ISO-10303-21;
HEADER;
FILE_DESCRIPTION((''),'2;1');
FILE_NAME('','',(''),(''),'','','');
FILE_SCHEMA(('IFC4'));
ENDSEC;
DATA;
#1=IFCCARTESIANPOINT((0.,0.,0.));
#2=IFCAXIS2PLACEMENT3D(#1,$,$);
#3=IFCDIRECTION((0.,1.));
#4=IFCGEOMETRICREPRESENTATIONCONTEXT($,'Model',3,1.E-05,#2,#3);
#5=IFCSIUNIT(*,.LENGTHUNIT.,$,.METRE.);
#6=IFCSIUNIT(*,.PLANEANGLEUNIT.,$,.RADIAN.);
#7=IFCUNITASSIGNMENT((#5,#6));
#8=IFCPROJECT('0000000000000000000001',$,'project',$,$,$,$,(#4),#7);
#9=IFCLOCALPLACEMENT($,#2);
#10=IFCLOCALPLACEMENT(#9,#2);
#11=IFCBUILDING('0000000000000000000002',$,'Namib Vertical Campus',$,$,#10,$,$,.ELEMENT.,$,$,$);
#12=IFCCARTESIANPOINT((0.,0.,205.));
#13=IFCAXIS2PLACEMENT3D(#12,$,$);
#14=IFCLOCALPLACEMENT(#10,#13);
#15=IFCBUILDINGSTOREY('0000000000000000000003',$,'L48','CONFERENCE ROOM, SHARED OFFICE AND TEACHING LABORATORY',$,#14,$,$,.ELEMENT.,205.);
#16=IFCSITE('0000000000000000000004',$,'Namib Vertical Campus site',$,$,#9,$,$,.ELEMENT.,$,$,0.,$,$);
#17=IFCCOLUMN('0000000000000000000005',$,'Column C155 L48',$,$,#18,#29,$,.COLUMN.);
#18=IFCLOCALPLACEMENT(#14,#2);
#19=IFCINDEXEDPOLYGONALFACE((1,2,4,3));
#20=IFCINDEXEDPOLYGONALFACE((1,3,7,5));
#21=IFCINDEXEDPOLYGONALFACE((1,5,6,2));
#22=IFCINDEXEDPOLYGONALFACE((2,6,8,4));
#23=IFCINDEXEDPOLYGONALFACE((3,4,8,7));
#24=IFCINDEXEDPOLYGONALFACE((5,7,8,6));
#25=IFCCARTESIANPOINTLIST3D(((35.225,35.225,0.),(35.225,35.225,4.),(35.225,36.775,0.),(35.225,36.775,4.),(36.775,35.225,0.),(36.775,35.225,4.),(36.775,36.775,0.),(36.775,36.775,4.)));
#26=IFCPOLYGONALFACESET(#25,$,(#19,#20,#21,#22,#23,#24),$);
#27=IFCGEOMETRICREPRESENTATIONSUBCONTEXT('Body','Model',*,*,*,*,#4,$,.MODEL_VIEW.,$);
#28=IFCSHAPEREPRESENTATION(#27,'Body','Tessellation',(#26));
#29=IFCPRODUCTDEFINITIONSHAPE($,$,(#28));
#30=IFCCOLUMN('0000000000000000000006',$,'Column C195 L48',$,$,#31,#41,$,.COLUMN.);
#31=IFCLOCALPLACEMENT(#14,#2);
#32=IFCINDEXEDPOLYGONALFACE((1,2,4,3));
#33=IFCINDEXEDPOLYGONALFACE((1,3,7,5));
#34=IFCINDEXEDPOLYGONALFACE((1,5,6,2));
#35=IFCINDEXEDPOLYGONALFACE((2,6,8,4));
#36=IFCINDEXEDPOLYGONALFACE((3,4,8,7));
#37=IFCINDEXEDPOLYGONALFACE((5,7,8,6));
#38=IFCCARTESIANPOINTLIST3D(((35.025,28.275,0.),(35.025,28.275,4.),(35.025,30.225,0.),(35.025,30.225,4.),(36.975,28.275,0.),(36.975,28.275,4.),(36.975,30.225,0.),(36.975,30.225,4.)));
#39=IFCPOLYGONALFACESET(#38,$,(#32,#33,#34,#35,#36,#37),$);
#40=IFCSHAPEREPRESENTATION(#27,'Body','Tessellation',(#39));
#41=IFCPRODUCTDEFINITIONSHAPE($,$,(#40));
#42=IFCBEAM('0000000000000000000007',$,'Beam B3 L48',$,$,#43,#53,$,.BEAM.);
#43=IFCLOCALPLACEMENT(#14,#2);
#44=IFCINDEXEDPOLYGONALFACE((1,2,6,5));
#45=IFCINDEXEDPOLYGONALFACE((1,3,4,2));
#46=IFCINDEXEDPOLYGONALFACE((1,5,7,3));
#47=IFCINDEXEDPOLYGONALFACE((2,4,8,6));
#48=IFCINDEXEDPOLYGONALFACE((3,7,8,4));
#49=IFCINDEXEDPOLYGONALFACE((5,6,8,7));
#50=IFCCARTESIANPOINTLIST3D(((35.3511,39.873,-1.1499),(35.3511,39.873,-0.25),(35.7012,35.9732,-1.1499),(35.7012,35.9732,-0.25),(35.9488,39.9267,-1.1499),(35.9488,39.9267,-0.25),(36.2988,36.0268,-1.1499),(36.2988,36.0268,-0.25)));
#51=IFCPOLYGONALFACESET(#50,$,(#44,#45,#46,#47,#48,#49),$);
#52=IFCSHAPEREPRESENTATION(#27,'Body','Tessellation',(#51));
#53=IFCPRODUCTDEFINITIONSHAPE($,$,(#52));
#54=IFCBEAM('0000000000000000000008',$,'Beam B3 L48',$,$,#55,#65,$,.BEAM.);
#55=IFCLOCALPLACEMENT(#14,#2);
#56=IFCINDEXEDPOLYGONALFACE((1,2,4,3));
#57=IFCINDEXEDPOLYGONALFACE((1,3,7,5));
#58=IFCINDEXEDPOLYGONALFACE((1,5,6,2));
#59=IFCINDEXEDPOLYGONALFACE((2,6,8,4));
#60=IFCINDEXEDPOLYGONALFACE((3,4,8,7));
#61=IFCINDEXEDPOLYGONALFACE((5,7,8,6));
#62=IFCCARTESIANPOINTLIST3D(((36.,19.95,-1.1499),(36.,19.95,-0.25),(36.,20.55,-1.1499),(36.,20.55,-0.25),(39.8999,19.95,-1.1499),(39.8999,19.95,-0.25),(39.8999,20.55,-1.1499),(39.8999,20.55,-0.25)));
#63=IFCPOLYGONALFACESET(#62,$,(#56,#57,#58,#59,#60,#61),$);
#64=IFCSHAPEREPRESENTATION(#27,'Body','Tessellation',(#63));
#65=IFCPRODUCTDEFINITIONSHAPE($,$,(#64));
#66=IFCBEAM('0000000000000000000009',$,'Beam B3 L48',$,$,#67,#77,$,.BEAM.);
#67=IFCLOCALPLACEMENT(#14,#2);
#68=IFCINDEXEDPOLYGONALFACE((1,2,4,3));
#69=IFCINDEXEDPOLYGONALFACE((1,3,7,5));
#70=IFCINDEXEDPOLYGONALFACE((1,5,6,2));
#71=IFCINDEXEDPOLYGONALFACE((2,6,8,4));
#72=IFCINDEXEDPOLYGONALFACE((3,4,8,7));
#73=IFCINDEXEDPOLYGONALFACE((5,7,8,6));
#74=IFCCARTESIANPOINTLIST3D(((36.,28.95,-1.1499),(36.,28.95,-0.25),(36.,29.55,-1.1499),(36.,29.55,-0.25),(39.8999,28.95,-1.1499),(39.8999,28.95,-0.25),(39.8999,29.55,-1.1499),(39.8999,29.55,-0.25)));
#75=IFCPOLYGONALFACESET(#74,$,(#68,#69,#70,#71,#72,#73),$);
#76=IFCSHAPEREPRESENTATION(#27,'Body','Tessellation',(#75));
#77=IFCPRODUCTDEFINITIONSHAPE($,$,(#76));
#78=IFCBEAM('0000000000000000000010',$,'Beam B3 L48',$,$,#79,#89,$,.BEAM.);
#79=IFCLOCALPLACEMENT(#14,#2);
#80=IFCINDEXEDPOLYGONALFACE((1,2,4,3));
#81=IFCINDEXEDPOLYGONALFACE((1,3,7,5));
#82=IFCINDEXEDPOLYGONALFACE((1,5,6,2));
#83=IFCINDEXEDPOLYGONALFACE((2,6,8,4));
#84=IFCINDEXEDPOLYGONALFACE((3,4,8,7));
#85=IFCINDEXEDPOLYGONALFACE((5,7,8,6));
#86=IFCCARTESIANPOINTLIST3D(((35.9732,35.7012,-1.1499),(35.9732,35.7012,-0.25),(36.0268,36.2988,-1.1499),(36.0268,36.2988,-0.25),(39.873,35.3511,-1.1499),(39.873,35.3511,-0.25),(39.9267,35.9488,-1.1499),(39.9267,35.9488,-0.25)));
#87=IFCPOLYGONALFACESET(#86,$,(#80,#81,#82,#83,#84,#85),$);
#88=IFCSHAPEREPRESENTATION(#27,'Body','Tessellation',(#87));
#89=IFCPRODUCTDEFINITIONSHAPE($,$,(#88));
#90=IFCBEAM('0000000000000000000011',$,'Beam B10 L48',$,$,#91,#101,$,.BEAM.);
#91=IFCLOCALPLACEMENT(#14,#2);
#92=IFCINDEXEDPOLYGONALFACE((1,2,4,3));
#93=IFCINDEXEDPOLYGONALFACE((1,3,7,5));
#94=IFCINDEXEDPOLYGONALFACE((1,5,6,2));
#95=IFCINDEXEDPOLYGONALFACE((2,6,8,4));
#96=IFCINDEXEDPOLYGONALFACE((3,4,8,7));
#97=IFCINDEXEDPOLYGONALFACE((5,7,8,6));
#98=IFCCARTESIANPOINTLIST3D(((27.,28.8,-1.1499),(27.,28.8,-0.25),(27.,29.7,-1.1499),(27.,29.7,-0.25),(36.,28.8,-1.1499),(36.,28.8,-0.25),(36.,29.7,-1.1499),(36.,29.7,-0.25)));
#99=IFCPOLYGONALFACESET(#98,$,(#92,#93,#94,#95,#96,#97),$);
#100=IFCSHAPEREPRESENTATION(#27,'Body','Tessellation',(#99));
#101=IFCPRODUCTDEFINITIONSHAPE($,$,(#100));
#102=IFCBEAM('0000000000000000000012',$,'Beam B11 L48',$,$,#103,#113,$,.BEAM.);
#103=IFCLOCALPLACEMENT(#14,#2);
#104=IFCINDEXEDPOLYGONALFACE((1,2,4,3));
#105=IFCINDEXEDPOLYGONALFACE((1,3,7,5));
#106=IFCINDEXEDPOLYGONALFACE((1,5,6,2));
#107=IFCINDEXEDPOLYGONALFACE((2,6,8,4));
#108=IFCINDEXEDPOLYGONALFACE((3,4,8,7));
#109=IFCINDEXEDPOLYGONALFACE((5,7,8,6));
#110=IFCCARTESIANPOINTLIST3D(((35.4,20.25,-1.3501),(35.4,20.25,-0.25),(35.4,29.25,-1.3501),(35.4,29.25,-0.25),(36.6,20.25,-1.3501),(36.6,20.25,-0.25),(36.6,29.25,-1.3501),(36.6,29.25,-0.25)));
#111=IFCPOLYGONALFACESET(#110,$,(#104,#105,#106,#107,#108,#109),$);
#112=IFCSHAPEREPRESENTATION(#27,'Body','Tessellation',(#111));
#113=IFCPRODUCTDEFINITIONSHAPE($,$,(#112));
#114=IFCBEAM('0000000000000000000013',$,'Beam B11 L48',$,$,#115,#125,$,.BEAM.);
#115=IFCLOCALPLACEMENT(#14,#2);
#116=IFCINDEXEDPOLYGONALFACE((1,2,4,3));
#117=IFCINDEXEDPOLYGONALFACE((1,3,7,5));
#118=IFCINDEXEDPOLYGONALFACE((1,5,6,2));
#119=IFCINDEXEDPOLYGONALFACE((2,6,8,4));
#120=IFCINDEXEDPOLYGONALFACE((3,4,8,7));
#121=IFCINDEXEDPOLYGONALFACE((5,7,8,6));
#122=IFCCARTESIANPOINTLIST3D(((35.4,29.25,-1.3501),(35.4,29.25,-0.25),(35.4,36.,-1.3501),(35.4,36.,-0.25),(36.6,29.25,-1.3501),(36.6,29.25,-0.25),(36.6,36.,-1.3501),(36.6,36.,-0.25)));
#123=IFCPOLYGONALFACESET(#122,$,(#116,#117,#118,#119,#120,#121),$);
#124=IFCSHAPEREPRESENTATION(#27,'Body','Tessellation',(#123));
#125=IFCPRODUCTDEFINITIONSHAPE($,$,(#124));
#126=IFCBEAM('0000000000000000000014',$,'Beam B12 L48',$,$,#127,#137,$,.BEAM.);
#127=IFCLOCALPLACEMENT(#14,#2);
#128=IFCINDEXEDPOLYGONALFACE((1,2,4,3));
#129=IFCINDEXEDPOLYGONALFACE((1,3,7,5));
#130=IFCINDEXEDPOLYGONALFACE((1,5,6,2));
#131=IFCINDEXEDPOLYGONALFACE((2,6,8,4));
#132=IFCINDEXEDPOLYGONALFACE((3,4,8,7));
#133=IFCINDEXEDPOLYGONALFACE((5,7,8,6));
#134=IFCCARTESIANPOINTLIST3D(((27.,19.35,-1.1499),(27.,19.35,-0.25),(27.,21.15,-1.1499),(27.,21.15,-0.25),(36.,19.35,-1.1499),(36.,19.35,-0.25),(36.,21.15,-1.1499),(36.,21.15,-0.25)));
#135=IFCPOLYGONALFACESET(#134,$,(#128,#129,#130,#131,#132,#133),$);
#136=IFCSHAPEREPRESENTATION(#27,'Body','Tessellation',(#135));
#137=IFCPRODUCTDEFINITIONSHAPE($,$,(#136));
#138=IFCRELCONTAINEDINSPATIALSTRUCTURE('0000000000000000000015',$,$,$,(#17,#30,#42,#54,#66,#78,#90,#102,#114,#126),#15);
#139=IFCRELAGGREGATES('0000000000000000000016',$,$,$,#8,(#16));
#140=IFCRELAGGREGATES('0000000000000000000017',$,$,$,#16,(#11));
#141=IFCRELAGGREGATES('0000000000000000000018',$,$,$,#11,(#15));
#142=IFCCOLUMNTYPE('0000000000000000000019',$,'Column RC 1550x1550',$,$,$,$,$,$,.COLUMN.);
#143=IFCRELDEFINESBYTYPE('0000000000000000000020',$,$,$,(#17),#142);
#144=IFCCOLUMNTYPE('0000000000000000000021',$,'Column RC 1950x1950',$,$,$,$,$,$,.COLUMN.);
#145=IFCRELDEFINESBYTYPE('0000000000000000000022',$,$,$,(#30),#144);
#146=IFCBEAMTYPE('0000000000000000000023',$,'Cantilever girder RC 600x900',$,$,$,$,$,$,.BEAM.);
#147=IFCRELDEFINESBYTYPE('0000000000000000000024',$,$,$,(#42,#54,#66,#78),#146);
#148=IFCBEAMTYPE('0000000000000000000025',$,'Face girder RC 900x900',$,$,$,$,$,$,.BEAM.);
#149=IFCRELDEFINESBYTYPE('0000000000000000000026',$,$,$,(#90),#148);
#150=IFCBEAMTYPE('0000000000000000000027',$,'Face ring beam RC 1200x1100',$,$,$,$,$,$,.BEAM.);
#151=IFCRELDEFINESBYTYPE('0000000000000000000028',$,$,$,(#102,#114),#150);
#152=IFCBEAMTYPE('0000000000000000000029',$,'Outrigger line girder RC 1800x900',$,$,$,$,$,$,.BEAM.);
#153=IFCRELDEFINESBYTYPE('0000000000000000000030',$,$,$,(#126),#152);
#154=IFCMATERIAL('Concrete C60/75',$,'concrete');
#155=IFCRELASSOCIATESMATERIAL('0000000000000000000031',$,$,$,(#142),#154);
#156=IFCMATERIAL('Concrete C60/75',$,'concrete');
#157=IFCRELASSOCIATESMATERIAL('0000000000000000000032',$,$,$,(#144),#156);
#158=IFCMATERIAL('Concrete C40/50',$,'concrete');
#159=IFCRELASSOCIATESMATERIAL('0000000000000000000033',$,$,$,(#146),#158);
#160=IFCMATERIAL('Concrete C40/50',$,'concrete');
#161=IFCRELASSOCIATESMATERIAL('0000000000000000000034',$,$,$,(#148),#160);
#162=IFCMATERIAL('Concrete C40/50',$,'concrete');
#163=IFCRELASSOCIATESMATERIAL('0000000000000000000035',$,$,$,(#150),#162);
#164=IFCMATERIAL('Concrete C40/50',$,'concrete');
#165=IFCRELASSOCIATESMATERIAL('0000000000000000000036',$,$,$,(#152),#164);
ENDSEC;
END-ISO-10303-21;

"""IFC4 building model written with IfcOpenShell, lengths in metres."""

from ifc_helpers import new_model, si_unit, direction, frame, origin, origin_2d, place, context, subcontext, project, spatial, rectangle, extrude, material, material_profile, profile_set, type_object, element, save


model = new_model("IFC4")

# Units and contexts
model_context = context("Model", 3, precision=1e-05, world=origin(), true_north=direction((0.0, 1.0)))
body_context = subcontext(model_context, "Body", "Model", "MODEL_VIEW")
ifc_project = project(units=[si_unit("LENGTHUNIT", "METRE"), si_unit("PLANEANGLEUNIT", "RADIAN")], contexts=[model_context])

# Site, building, storey
site_placement = place(None, origin())
site = spatial("IfcSite", under=ifc_project, at=site_placement, Name="Namib Vertical Campus site", CompositionType="ELEMENT", RefElevation=0.0)
building_placement = place(site_placement, origin())
building = spatial("IfcBuilding", under=site, at=building_placement, Name="Namib Vertical Campus", CompositionType="ELEMENT")
storey_placement = place(building_placement, frame((0.0, 0.0, 205.0)))
storey = spatial("IfcBuildingStorey", under=building, at=storey_placement, Name="L48", Description="CONFERENCE ROOM, SHARED OFFICE AND TEACHING LABORATORY", CompositionType="ELEMENT", Elevation=205.0)

# Columns
ifc_material_1 = material(Name="Concrete C60/75", Category="concrete")
ifc_material_profile_1 = material_profile(ifc_material_1, rectangle(XDim=1.55, YDim=1.55, at=origin_2d()))
ifc_profile_set_1 = profile_set([ifc_material_profile_1], Name="Concrete C60/75")
column_type_1 = type_object("IfcColumnType", Name="Column RC 1550x1550", PredefinedType="COLUMN", material=ifc_profile_set_1)
column_1_placement = place(storey_placement, frame((36.0, 36.0, 0.0), z_axis=(0.0, 0.0, 1.0), x_axis=(1.0, 0.0, 0.0)))
element("IfcColumn", 1, at=column_1_placement, inside=storey, type_object=column_type_1, Name="Column C155 L48", PredefinedType="COLUMN", context=body_context, shape_type="SweptSolid", body=[
    extrude(rectangle(XDim=1.55, YDim=1.55, at=origin_2d()), origin(), (0.0, 0.0, 1.0), 4.0),
])
ifc_material_2 = material(Name="Concrete C60/75", Category="concrete")
ifc_material_profile_2 = material_profile(ifc_material_2, rectangle(XDim=1.95, YDim=1.95, at=origin_2d()))
ifc_profile_set_2 = profile_set([ifc_material_profile_2], Name="Concrete C60/75")
column_type_2 = type_object("IfcColumnType", Name="Column RC 1950x1950", PredefinedType="COLUMN", material=ifc_profile_set_2)
column_2_placement = place(storey_placement, frame((36.0, 29.25, 0.0), z_axis=(0.0, 0.0, 1.0), x_axis=(1.0, 0.0, 0.0)))
element("IfcColumn", 2, at=column_2_placement, inside=storey, type_object=column_type_2, Name="Column C195 L48", PredefinedType="COLUMN", context=body_context, shape_type="SweptSolid", body=[
    extrude(rectangle(XDim=1.95, YDim=1.95, at=origin_2d()), origin(), (0.0, 0.0, 1.0), 4.0),
])

# Beams
ifc_material_3 = material(Name="Concrete C40/50", Category="concrete")
ifc_material_profile_3 = material_profile(ifc_material_3, rectangle(XDim=0.6001, YDim=0.8999, at=origin_2d()))
ifc_profile_set_3 = profile_set([ifc_material_profile_3], Name="Concrete C40/50")
beam_type_1 = type_object("IfcBeamType", Name="Cantilever girder RC 600x900", PredefinedType="BEAM", material=ifc_profile_set_3)
beam_1_placement = place(storey_placement, frame((36.0, 36.0, -0.7), z_axis=(-0.089411, 0.995995, 0.0), x_axis=(-0.995995, -0.089411, 0.0)))
element("IfcBeam", 3, at=beam_1_placement, inside=storey, type_object=beam_type_1, Name="Beam B3 L48", PredefinedType="BEAM", context=body_context, shape_type="SweptSolid", body=[
    extrude(rectangle(XDim=0.6001, YDim=0.8999, at=origin_2d()), origin(), (0.0, 0.0, 1.0), 3.9155),
])
for number, where, z_axis, x_axis, name in (
    (4, (36.0, 20.25, -0.7), (1.0, 0.0, 0.0), (0.0, 1.0, 0.0), "Beam B3 L48"),
    (5, (36.0, 29.25, -0.7), (1.0, 0.0, 0.0), (0.0, 1.0, 0.0), "Beam B3 L48"),
):
    element("IfcBeam", number, at=place(storey_placement, frame(where, z_axis=z_axis, x_axis=x_axis)), inside=storey, type_object=beam_type_1, Name=name, PredefinedType="BEAM", context=body_context, shape_type="SweptSolid", body=[
        extrude(rectangle(XDim=0.6001, YDim=0.8999, at=origin_2d()), origin(), (0.0, 0.0, 1.0), 3.8999),
    ])
beam_2_placement = place(storey_placement, frame((36.0, 36.0, -0.7), z_axis=(0.995995, -0.089411, 0.0), x_axis=(0.089411, 0.995995, 0.0)))
element("IfcBeam", 6, at=beam_2_placement, inside=storey, type_object=beam_type_1, Name="Beam B3 L48", PredefinedType="BEAM", context=body_context, shape_type="SweptSolid", body=[
    extrude(rectangle(XDim=0.6001, YDim=0.8999, at=origin_2d()), origin(), (0.0, 0.0, 1.0), 3.9155),
])
ifc_material_4 = material(Name="Concrete C40/50", Category="concrete")
ifc_material_profile_4 = material_profile(ifc_material_4, rectangle(XDim=0.8999, YDim=0.8999, at=origin_2d()))
ifc_profile_set_4 = profile_set([ifc_material_profile_4], Name="Concrete C40/50")
beam_type_2 = type_object("IfcBeamType", Name="Face girder RC 900x900", PredefinedType="BEAM", material=ifc_profile_set_4)
beam_3_placement = place(storey_placement, frame((36.0, 29.25, -0.7), z_axis=(-1.0, 0.0, 0.0), x_axis=(0.0, -1.0, 0.0)))
element("IfcBeam", 7, at=beam_3_placement, inside=storey, type_object=beam_type_2, Name="Beam B10 L48", PredefinedType="BEAM", context=body_context, shape_type="SweptSolid", body=[
    extrude(rectangle(XDim=0.8999, YDim=0.8999, at=origin_2d()), origin(), (0.0, 0.0, 1.0), 9.0),
])
ifc_material_5 = material(Name="Concrete C40/50", Category="concrete")
ifc_material_profile_5 = material_profile(ifc_material_5, rectangle(XDim=1.2, YDim=1.1001, at=origin_2d()))
ifc_profile_set_5 = profile_set([ifc_material_profile_5], Name="Concrete C40/50")
beam_type_3 = type_object("IfcBeamType", Name="Face ring beam RC 1200x1100", PredefinedType="BEAM", material=ifc_profile_set_5)
beam_4_placement = place(storey_placement, frame((36.0, 20.25, -0.8), z_axis=(0.0, 1.0, 0.0), x_axis=(-1.0, 0.0, 0.0)))
element("IfcBeam", 8, at=beam_4_placement, inside=storey, type_object=beam_type_3, Name="Beam B11 L48", PredefinedType="BEAM", context=body_context, shape_type="SweptSolid", body=[
    extrude(rectangle(XDim=1.2, YDim=1.1001, at=origin_2d()), origin(), (0.0, 0.0, 1.0), 9.0),
])
beam_5_placement = place(storey_placement, frame((36.0, 29.25, -0.8), z_axis=(0.0, 1.0, 0.0), x_axis=(-1.0, 0.0, 0.0)))
element("IfcBeam", 9, at=beam_5_placement, inside=storey, type_object=beam_type_3, Name="Beam B11 L48", PredefinedType="BEAM", context=body_context, shape_type="SweptSolid", body=[
    extrude(rectangle(XDim=1.2, YDim=1.1001, at=origin_2d()), origin(), (0.0, 0.0, 1.0), 6.75),
])
ifc_material_6 = material(Name="Concrete C40/50", Category="concrete")
ifc_material_profile_6 = material_profile(ifc_material_6, rectangle(XDim=1.8, YDim=0.8999, at=origin_2d()))
ifc_profile_set_6 = profile_set([ifc_material_profile_6], Name="Concrete C40/50")
beam_type_4 = type_object("IfcBeamType", Name="Outrigger line girder RC 1800x900", PredefinedType="BEAM", material=ifc_profile_set_6)
beam_6_placement = place(storey_placement, frame((36.0, 20.25, -0.7), z_axis=(-1.0, 0.0, 0.0), x_axis=(0.0, -1.0, 0.0)))
element("IfcBeam", 10, at=beam_6_placement, inside=storey, type_object=beam_type_4, Name="Beam B12 L48", PredefinedType="BEAM", context=body_context, shape_type="SweptSolid", body=[
    extrude(rectangle(XDim=1.8, YDim=0.8999, at=origin_2d()), origin(), (0.0, 0.0, 1.0), 9.0),
])

save(model, "model.ifc")
